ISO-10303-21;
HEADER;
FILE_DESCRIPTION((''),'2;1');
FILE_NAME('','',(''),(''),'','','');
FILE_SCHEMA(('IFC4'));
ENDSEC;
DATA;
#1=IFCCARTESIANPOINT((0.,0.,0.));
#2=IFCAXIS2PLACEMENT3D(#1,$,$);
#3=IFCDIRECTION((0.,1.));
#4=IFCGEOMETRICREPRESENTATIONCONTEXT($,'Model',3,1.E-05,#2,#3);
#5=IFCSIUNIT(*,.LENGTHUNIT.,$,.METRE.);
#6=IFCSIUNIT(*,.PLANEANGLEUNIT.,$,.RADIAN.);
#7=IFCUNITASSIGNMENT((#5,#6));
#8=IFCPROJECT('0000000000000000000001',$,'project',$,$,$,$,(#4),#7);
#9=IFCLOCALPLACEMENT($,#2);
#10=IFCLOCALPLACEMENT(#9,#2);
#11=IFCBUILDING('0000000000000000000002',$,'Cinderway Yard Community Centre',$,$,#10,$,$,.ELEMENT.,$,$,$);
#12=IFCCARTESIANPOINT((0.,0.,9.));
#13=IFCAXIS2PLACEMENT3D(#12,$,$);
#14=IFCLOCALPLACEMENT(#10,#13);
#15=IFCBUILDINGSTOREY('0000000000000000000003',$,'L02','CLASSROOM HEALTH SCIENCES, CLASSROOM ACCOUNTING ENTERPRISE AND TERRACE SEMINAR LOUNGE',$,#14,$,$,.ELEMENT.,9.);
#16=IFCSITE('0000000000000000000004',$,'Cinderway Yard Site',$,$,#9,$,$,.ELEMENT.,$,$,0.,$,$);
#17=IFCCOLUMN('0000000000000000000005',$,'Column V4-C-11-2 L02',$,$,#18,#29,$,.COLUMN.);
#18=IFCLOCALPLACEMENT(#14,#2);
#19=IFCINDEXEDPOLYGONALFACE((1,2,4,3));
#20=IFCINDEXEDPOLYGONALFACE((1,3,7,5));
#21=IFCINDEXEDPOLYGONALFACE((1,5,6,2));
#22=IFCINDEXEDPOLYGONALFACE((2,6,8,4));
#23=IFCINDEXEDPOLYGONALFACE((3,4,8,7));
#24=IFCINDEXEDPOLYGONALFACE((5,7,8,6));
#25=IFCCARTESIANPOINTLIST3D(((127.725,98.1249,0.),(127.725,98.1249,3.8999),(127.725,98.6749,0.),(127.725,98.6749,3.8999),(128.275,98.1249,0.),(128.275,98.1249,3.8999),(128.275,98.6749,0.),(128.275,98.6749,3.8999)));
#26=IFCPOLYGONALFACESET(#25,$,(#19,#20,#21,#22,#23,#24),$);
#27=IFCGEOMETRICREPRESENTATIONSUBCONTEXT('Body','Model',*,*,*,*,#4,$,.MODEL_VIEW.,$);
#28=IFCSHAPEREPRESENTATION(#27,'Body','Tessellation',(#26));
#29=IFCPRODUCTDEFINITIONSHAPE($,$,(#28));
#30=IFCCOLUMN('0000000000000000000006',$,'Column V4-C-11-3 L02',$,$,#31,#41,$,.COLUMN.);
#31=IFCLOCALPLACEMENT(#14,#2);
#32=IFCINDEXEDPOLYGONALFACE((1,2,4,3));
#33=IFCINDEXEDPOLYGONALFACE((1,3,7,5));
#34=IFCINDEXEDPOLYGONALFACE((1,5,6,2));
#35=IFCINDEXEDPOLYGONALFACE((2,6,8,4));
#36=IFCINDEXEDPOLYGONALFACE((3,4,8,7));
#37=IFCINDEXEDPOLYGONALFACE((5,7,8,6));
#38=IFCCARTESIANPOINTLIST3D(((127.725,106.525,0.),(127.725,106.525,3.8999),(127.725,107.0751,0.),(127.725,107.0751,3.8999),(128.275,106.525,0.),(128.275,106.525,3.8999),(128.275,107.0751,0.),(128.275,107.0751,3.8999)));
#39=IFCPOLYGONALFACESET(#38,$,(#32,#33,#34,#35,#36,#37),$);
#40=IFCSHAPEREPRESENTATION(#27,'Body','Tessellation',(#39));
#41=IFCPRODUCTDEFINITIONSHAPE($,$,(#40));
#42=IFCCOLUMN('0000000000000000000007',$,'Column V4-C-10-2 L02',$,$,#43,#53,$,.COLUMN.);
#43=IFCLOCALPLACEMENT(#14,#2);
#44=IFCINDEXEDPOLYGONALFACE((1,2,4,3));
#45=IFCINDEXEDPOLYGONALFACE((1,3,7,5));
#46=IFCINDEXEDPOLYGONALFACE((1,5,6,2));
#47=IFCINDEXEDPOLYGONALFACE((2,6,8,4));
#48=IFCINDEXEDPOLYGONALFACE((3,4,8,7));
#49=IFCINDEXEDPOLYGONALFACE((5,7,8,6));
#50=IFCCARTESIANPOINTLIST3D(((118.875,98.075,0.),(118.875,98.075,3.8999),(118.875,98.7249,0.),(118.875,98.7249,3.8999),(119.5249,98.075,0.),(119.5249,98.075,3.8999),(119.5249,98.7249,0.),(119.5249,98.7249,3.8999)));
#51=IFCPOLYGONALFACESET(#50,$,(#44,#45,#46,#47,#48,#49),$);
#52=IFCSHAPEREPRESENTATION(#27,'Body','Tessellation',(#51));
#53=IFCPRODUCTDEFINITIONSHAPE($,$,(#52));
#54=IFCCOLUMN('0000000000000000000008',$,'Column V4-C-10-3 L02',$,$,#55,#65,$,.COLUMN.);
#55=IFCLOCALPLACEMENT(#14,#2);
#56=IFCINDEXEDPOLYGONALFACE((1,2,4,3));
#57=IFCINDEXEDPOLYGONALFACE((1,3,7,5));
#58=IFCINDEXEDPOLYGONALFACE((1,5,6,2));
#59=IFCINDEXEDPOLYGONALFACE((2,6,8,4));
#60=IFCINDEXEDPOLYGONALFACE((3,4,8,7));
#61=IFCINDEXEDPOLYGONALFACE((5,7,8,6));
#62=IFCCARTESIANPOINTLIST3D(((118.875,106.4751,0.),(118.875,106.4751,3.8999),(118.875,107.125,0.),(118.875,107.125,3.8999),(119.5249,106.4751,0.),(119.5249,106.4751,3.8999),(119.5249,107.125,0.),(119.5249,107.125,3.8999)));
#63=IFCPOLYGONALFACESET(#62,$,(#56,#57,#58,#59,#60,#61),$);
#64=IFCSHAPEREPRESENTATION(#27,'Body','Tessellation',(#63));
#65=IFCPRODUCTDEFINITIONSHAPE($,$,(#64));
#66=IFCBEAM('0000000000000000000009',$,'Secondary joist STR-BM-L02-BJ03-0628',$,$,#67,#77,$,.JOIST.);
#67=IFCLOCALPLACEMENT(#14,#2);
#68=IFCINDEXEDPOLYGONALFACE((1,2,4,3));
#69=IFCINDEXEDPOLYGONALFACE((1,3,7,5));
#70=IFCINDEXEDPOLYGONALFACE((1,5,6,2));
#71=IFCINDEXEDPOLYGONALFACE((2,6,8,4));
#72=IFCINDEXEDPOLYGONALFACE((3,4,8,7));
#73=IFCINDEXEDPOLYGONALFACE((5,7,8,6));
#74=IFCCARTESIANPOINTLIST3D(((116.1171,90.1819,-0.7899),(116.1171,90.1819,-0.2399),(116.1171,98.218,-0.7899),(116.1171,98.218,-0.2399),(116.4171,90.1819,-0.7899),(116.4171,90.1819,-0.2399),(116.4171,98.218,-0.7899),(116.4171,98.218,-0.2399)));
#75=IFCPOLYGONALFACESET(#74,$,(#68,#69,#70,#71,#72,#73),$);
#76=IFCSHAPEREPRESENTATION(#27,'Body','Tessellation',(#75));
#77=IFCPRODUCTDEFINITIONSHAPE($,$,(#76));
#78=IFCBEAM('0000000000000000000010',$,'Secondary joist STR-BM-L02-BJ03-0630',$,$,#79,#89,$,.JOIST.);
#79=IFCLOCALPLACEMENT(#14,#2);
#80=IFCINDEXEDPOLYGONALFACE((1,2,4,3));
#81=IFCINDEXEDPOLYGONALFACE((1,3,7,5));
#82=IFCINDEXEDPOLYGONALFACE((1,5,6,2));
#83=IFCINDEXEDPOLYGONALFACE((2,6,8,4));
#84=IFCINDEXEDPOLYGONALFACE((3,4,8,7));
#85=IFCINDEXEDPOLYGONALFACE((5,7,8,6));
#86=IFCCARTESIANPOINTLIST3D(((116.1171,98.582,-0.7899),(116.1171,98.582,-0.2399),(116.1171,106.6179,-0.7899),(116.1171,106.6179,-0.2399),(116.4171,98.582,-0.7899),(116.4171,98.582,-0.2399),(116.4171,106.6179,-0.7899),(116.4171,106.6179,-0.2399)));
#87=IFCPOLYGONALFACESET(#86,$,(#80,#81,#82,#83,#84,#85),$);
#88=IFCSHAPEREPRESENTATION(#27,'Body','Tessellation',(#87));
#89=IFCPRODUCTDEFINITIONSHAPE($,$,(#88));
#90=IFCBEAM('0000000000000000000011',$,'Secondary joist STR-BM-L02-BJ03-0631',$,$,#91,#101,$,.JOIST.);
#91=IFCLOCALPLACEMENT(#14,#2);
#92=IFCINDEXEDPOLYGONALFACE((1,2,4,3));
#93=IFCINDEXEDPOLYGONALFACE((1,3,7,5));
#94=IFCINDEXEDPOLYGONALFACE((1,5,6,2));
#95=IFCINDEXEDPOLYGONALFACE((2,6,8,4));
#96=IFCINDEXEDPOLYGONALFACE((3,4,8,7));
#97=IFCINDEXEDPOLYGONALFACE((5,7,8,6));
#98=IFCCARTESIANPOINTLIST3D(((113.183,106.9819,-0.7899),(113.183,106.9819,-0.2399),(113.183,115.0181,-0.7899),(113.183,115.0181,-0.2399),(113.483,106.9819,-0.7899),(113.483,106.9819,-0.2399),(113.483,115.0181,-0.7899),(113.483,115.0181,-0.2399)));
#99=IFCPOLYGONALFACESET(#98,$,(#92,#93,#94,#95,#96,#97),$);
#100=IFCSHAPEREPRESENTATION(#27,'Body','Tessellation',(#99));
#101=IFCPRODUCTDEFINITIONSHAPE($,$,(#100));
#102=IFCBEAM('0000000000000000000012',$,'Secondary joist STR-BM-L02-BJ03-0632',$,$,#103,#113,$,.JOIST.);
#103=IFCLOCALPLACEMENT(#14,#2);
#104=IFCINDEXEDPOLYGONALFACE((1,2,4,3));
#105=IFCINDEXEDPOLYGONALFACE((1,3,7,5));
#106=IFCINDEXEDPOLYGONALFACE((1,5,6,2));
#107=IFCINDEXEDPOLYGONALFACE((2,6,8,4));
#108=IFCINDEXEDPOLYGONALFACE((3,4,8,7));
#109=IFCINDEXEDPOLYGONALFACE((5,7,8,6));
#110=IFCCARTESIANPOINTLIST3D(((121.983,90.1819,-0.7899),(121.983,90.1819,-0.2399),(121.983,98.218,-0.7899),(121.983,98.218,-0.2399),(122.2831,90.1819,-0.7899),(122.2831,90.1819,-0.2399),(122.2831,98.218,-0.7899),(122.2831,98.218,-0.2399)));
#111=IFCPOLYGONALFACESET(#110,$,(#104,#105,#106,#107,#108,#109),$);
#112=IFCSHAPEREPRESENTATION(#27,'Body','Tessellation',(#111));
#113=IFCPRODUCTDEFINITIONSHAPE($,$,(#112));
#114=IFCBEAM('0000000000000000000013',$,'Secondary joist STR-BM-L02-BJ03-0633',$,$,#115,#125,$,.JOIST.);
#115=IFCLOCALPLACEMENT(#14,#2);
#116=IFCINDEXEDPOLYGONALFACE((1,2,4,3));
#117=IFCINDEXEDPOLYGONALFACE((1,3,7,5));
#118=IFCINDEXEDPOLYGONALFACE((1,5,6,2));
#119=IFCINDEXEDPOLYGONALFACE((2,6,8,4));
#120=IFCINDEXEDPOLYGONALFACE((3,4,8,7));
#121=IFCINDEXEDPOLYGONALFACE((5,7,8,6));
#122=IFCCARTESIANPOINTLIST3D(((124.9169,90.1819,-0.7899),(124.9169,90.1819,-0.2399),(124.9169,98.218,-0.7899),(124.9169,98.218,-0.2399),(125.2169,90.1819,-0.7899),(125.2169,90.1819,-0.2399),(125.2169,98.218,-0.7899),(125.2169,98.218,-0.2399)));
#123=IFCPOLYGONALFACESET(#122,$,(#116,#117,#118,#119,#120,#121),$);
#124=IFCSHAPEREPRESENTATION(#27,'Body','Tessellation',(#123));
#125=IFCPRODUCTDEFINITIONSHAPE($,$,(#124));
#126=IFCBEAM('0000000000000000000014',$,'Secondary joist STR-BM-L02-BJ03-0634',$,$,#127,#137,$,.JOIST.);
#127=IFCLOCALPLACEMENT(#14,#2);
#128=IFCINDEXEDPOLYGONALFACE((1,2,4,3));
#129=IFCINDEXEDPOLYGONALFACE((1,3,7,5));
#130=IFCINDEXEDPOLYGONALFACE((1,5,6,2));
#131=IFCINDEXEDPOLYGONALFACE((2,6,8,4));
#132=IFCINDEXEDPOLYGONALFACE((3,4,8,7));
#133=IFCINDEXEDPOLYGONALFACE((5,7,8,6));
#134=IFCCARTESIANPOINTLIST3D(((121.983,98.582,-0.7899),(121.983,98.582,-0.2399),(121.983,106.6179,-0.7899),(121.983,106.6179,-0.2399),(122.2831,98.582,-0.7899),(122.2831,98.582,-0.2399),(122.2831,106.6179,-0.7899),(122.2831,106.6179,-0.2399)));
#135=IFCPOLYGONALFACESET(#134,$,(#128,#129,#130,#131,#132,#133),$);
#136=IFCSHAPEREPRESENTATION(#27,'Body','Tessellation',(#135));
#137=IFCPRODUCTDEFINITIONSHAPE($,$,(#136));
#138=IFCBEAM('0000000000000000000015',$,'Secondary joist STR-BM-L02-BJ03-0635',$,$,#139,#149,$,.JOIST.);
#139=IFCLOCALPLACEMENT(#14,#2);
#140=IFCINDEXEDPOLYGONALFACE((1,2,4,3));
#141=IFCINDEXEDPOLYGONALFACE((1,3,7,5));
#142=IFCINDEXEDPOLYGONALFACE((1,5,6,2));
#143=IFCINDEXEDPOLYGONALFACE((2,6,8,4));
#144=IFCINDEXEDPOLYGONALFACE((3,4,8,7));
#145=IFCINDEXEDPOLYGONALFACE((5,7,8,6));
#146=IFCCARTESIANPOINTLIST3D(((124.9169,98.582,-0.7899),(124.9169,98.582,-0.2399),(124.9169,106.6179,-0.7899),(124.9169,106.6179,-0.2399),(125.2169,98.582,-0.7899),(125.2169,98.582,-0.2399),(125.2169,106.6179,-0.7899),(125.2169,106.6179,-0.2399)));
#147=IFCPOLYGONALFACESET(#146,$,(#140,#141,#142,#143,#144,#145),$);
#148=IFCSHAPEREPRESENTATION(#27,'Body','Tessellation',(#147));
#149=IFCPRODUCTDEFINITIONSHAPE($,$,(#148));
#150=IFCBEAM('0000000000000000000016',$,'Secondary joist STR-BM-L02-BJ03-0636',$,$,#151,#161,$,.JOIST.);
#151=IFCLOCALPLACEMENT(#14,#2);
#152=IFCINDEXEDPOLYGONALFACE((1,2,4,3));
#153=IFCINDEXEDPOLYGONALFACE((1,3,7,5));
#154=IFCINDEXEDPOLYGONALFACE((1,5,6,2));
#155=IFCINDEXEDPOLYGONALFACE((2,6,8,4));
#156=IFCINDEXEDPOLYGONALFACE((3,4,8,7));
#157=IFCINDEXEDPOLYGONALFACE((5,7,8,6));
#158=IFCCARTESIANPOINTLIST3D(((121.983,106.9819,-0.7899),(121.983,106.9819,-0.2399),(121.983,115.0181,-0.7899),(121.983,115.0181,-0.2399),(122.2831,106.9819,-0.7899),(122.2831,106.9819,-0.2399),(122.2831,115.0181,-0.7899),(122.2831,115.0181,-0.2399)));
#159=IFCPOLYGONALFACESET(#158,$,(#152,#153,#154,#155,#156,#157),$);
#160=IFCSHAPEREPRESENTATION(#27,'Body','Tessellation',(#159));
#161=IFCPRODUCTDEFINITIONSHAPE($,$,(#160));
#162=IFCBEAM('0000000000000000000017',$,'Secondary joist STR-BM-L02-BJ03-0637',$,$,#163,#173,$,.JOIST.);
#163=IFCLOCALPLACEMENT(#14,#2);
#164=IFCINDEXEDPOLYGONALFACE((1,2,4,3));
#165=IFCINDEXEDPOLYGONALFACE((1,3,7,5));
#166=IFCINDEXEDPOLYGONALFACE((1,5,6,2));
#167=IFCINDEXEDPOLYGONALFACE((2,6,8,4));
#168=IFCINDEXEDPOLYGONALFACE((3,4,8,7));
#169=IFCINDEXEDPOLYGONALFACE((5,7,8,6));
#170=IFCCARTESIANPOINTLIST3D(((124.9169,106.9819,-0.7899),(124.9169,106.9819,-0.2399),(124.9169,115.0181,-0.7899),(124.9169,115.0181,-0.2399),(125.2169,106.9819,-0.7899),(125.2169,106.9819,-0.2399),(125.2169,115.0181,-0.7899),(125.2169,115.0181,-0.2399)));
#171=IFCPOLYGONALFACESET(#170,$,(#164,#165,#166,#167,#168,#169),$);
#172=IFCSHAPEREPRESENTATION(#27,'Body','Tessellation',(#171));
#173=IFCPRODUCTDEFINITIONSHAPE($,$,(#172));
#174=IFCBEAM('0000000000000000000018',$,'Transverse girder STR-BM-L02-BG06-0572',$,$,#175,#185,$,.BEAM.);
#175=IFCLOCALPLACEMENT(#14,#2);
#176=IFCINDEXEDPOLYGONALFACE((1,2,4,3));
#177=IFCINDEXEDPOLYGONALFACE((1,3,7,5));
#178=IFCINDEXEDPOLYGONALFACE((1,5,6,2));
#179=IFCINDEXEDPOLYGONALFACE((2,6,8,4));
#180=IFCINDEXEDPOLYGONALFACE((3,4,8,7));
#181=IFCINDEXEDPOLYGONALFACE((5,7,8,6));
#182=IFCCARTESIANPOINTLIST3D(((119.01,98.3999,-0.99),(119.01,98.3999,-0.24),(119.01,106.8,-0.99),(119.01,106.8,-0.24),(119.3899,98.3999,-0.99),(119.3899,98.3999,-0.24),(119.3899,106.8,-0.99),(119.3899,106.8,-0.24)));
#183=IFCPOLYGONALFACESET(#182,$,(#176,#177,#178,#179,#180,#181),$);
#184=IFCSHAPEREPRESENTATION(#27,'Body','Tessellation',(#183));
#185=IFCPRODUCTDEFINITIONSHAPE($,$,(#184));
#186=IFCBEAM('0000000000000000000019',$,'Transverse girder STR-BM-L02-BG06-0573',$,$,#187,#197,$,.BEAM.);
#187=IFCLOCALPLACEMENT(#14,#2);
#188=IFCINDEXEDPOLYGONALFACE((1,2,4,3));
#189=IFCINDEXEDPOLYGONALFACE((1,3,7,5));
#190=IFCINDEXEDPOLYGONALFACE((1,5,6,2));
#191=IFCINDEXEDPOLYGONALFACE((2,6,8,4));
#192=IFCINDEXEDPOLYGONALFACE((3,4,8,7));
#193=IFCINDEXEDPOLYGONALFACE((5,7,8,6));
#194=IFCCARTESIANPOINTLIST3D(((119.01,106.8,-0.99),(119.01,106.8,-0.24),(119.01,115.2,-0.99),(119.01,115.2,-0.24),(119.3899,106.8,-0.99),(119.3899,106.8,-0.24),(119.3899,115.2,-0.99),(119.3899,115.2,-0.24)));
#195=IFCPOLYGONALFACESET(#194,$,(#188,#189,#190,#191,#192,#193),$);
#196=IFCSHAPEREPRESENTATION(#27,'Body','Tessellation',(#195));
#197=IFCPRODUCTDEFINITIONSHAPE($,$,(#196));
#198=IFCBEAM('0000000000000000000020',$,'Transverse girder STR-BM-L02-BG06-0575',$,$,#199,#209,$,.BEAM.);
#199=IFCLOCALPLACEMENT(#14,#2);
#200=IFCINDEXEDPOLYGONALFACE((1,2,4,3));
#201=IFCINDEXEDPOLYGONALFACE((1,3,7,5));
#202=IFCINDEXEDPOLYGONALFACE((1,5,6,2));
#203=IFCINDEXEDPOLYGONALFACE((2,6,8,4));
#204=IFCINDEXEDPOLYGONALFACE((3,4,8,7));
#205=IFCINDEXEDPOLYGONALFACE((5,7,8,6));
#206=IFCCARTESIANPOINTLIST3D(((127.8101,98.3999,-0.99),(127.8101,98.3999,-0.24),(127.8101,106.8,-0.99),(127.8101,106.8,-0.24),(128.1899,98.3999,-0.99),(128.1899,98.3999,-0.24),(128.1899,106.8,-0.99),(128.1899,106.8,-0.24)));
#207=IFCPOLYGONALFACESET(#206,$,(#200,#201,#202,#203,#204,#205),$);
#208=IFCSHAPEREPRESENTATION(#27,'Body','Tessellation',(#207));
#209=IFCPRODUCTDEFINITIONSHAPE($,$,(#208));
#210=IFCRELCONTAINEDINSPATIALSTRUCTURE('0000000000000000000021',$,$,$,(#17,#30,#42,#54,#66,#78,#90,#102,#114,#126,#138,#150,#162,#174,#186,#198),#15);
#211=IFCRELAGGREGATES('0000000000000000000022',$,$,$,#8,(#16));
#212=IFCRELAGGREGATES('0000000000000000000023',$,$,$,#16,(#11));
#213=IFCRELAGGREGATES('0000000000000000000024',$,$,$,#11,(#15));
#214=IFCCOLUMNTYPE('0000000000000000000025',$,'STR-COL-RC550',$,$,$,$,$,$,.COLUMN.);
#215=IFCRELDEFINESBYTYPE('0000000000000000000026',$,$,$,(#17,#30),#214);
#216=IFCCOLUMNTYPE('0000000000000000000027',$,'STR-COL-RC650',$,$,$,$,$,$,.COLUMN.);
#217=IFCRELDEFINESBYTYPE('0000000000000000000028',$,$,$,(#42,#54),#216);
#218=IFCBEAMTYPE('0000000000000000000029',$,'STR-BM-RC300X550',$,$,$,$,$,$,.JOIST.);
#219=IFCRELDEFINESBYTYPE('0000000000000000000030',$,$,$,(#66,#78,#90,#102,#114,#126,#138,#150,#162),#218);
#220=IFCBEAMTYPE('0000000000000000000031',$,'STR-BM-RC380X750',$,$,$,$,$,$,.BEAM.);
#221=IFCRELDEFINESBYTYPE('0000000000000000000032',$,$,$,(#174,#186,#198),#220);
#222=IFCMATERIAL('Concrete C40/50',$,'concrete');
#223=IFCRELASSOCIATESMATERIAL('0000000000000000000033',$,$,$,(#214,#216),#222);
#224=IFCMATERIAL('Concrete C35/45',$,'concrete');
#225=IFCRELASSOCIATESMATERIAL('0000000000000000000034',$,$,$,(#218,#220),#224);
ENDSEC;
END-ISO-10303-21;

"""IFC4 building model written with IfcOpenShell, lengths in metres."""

from ifc_helpers import new_model, si_unit, direction, frame, origin, origin_2d, place, context, subcontext, project, spatial, rectangle, extrude, material, material_profile, profile_set, type_object, element, save


model = new_model("IFC4")

# Units and contexts
model_context = context("Model", 3, precision=1e-05, world=origin(), true_north=direction((0.0, 1.0)))
body_context = subcontext(model_context, "Body", "Model", "MODEL_VIEW")
ifc_project = project(units=[si_unit("LENGTHUNIT", "METRE"), si_unit("PLANEANGLEUNIT", "RADIAN")], contexts=[model_context])

# Site, building, storey
site_placement = place(None, origin())
site = spatial("IfcSite", under=ifc_project, at=site_placement, Name="Cinderway Yard Site", CompositionType="ELEMENT", RefElevation=0.0)
building_placement = place(site_placement, origin())
building = spatial("IfcBuilding", under=site, at=building_placement, Name="Cinderway Yard Community Centre", CompositionType="ELEMENT")
storey_placement = place(building_placement, frame((0.0, 0.0, 9.0)))
storey = spatial("IfcBuildingStorey", under=building, at=storey_placement, Name="L02", Description="CLASSROOM HEALTH SCIENCES, CLASSROOM ACCOUNTING ENTERPRISE AND TERRACE SEMINAR LOUNGE", CompositionType="ELEMENT", Elevation=9.0)

# Columns
ifc_material_1 = material(Name="Concrete C40/50", Category="concrete")
ifc_material_profile_1 = material_profile(ifc_material_1, rectangle(XDim=0.55, YDim=0.55, at=origin_2d()), Name="Concrete C40/50")
ifc_profile_set_1 = profile_set([ifc_material_profile_1], Name="Concrete C40/50")
column_type_1 = type_object("IfcColumnType", Name="STR-COL-RC550", PredefinedType="COLUMN", material=ifc_profile_set_1)
for number, where, z_axis, x_axis, name in (
    (1, (128.0, 98.3999, 0.0), (0.0, 0.0, 1.0), (1.0, 0.0, 0.0), "Column V4-C-11-2 L02"),
    (2, (128.0, 106.8, 0.0), (0.0, 0.0, 1.0), (1.0, 0.0, 0.0), "Column V4-C-11-3 L02"),
):
    element("IfcColumn", number, at=place(storey_placement, frame(where, z_axis=z_axis, x_axis=x_axis)), inside=storey, type_object=column_type_1, Name=name, PredefinedType="COLUMN", context=body_context, shape_type="SweptSolid", body=[
        extrude(rectangle(XDim=0.55, YDim=0.55, at=origin_2d()), origin(), (0.0, 0.0, 1.0), 3.8999),
    ])
ifc_material_profile_2 = material_profile(ifc_material_1, rectangle(XDim=0.6499, YDim=0.6499, at=origin_2d()), Name="Concrete C40/50")
ifc_profile_set_2 = profile_set([ifc_material_profile_2], Name="Concrete C40/50")
column_type_2 = type_object("IfcColumnType", Name="STR-COL-RC650", PredefinedType="COLUMN", material=ifc_profile_set_2)
for number, where, z_axis, x_axis, name in (
    (3, (119.2, 98.3999, 0.0), (0.0, 0.0, 1.0), (1.0, 0.0, 0.0), "Column V4-C-10-2 L02"),
    (4, (119.2, 106.8, 0.0), (0.0, 0.0, 1.0), (1.0, 0.0, 0.0), "Column V4-C-10-3 L02"),
):
    element("IfcColumn", number, at=place(storey_placement, frame(where, z_axis=z_axis, x_axis=x_axis)), inside=storey, type_object=column_type_2, Name=name, PredefinedType="COLUMN", context=body_context, shape_type="SweptSolid", body=[
        extrude(rectangle(XDim=0.6499, YDim=0.6499, at=origin_2d()), origin(), (0.0, 0.0, 1.0), 3.8999),
    ])

# Beams
ifc_material_2 = material(Name="Concrete C35/45", Category="concrete")
ifc_material_profile_3 = material_profile(ifc_material_2, rectangle(XDim=0.3, YDim=0.55, at=origin_2d()), Name="Concrete C35/45")
ifc_profile_set_3 = profile_set([ifc_material_profile_3], Name="Concrete C35/45")
beam_type_1 = type_object("IfcBeamType", Name="STR-BM-RC300X550", PredefinedType="JOIST", material=ifc_profile_set_3)
beam_1_placement = place(storey_placement, frame((116.2671, 90.1819, -0.5149), z_axis=(0.0, 1.0, 0.0), x_axis=(-1.0, 0.0, 0.0)))
element("IfcBeam", 5, at=beam_1_placement, inside=storey, type_object=beam_type_1, Name="Secondary joist STR-BM-L02-BJ03-0628", PredefinedType="JOIST", context=body_context, shape_type="SweptSolid", body=[
    extrude(rectangle(XDim=0.3, YDim=0.55, at=origin_2d()), origin(), (0.0, 0.0, 1.0), 8.0361),
])
beam_2_placement = place(storey_placement, frame((116.2671, 98.582, -0.5149), z_axis=(0.0, 1.0, 0.0), x_axis=(-1.0, 0.0, 0.0)))
element("IfcBeam", 6, at=beam_2_placement, inside=storey, type_object=beam_type_1, Name="Secondary joist STR-BM-L02-BJ03-0630", PredefinedType="JOIST", context=body_context, shape_type="SweptSolid", body=[
    extrude(rectangle(XDim=0.3, YDim=0.55, at=origin_2d()), origin(), (0.0, 0.0, 1.0), 8.0359),
])
for number, where, z_axis, x_axis, name in (
    (7, (113.333, 106.9819, -0.5149), (0.0, 1.0, 0.0), (-1.0, 0.0, 0.0), "Secondary joist STR-BM-L02-BJ03-0631"),
    (8, (122.1331, 90.1819, -0.5149), (0.0, 1.0, 0.0), (-1.0, 0.0, 0.0), "Secondary joist STR-BM-L02-BJ03-0632"),
    (9, (125.0669, 90.1819, -0.5149), (0.0, 1.0, 0.0), (-1.0, 0.0, 0.0), "Secondary joist STR-BM-L02-BJ03-0633"),
):
    element("IfcBeam", number, at=place(storey_placement, frame(where, z_axis=z_axis, x_axis=x_axis)), inside=storey, type_object=beam_type_1, Name=name, PredefinedType="JOIST", context=body_context, shape_type="SweptSolid", body=[
        extrude(rectangle(XDim=0.3, YDim=0.55, at=origin_2d()), origin(), (0.0, 0.0, 1.0), 8.0361),
    ])
for number, where, z_axis, x_axis, name in (
    (10, (122.1331, 98.582, -0.5149), (0.0, 1.0, 0.0), (-1.0, 0.0, 0.0), "Secondary joist STR-BM-L02-BJ03-0634"),
    (11, (125.0669, 98.582, -0.5149), (0.0, 1.0, 0.0), (-1.0, 0.0, 0.0), "Secondary joist STR-BM-L02-BJ03-0635"),
):
    element("IfcBeam", number, at=place(storey_placement, frame(where, z_axis=z_axis, x_axis=x_axis)), inside=storey, type_object=beam_type_1, Name=name, PredefinedType="JOIST", context=body_context, shape_type="SweptSolid", body=[
        extrude(rectangle(XDim=0.3, YDim=0.55, at=origin_2d()), origin(), (0.0, 0.0, 1.0), 8.0359),
    ])
for number, where, z_axis, x_axis, name in (
    (12, (122.1331, 106.9819, -0.5149), (0.0, 1.0, 0.0), (-1.0, 0.0, 0.0), "Secondary joist STR-BM-L02-BJ03-0636"),
    (13, (125.0669, 106.9819, -0.5149), (0.0, 1.0, 0.0), (-1.0, 0.0, 0.0), "Secondary joist STR-BM-L02-BJ03-0637"),
):
    element("IfcBeam", number, at=place(storey_placement, frame(where, z_axis=z_axis, x_axis=x_axis)), inside=storey, type_object=beam_type_1, Name=name, PredefinedType="JOIST", context=body_context, shape_type="SweptSolid", body=[
        extrude(rectangle(XDim=0.3, YDim=0.55, at=origin_2d()), origin(), (0.0, 0.0, 1.0), 8.0361),
    ])
ifc_material_profile_4 = material_profile(ifc_material_2, rectangle(XDim=0.3799, YDim=0.75, at=origin_2d()), Name="Concrete C35/45")
ifc_profile_set_4 = profile_set([ifc_material_profile_4], Name="Concrete C35/45")
beam_type_2 = type_object("IfcBeamType", Name="STR-BM-RC380X750", PredefinedType="BEAM", material=ifc_profile_set_4)
beam_3_placement = place(storey_placement, frame((119.2, 98.3999, -0.615), z_axis=(0.0, 1.0, 0.0), x_axis=(-1.0, 0.0, 0.0)))
element("IfcBeam", 14, at=beam_3_placement, inside=storey, type_object=beam_type_2, Name="Transverse girder STR-BM-L02-BG06-0572", PredefinedType="BEAM", context=body_context, shape_type="SweptSolid", body=[
    extrude(rectangle(XDim=0.3799, YDim=0.75, at=origin_2d()), origin(), (0.0, 0.0, 1.0), 8.4001),
])
beam_4_placement = place(storey_placement, frame((119.2, 106.8, -0.615), z_axis=(0.0, 1.0, 0.0), x_axis=(-1.0, 0.0, 0.0)))
element("IfcBeam", 15, at=beam_4_placement, inside=storey, type_object=beam_type_2, Name="Transverse girder STR-BM-L02-BG06-0573", PredefinedType="BEAM", context=body_context, shape_type="SweptSolid", body=[
    extrude(rectangle(XDim=0.3799, YDim=0.75, at=origin_2d()), origin(), (0.0, 0.0, 1.0), 8.3999),
])
beam_5_placement = place(storey_placement, frame((128.0, 98.3999, -0.615), z_axis=(0.0, 1.0, 0.0), x_axis=(-1.0, 0.0, 0.0)))
element("IfcBeam", 16, at=beam_5_placement, inside=storey, type_object=beam_type_2, Name="Transverse girder STR-BM-L02-BG06-0575", PredefinedType="BEAM", context=body_context, shape_type="SweptSolid", body=[
    extrude(rectangle(XDim=0.3799, YDim=0.75, at=origin_2d()), origin(), (0.0, 0.0, 1.0), 8.4001),
])

save(model, "model.ifc")
